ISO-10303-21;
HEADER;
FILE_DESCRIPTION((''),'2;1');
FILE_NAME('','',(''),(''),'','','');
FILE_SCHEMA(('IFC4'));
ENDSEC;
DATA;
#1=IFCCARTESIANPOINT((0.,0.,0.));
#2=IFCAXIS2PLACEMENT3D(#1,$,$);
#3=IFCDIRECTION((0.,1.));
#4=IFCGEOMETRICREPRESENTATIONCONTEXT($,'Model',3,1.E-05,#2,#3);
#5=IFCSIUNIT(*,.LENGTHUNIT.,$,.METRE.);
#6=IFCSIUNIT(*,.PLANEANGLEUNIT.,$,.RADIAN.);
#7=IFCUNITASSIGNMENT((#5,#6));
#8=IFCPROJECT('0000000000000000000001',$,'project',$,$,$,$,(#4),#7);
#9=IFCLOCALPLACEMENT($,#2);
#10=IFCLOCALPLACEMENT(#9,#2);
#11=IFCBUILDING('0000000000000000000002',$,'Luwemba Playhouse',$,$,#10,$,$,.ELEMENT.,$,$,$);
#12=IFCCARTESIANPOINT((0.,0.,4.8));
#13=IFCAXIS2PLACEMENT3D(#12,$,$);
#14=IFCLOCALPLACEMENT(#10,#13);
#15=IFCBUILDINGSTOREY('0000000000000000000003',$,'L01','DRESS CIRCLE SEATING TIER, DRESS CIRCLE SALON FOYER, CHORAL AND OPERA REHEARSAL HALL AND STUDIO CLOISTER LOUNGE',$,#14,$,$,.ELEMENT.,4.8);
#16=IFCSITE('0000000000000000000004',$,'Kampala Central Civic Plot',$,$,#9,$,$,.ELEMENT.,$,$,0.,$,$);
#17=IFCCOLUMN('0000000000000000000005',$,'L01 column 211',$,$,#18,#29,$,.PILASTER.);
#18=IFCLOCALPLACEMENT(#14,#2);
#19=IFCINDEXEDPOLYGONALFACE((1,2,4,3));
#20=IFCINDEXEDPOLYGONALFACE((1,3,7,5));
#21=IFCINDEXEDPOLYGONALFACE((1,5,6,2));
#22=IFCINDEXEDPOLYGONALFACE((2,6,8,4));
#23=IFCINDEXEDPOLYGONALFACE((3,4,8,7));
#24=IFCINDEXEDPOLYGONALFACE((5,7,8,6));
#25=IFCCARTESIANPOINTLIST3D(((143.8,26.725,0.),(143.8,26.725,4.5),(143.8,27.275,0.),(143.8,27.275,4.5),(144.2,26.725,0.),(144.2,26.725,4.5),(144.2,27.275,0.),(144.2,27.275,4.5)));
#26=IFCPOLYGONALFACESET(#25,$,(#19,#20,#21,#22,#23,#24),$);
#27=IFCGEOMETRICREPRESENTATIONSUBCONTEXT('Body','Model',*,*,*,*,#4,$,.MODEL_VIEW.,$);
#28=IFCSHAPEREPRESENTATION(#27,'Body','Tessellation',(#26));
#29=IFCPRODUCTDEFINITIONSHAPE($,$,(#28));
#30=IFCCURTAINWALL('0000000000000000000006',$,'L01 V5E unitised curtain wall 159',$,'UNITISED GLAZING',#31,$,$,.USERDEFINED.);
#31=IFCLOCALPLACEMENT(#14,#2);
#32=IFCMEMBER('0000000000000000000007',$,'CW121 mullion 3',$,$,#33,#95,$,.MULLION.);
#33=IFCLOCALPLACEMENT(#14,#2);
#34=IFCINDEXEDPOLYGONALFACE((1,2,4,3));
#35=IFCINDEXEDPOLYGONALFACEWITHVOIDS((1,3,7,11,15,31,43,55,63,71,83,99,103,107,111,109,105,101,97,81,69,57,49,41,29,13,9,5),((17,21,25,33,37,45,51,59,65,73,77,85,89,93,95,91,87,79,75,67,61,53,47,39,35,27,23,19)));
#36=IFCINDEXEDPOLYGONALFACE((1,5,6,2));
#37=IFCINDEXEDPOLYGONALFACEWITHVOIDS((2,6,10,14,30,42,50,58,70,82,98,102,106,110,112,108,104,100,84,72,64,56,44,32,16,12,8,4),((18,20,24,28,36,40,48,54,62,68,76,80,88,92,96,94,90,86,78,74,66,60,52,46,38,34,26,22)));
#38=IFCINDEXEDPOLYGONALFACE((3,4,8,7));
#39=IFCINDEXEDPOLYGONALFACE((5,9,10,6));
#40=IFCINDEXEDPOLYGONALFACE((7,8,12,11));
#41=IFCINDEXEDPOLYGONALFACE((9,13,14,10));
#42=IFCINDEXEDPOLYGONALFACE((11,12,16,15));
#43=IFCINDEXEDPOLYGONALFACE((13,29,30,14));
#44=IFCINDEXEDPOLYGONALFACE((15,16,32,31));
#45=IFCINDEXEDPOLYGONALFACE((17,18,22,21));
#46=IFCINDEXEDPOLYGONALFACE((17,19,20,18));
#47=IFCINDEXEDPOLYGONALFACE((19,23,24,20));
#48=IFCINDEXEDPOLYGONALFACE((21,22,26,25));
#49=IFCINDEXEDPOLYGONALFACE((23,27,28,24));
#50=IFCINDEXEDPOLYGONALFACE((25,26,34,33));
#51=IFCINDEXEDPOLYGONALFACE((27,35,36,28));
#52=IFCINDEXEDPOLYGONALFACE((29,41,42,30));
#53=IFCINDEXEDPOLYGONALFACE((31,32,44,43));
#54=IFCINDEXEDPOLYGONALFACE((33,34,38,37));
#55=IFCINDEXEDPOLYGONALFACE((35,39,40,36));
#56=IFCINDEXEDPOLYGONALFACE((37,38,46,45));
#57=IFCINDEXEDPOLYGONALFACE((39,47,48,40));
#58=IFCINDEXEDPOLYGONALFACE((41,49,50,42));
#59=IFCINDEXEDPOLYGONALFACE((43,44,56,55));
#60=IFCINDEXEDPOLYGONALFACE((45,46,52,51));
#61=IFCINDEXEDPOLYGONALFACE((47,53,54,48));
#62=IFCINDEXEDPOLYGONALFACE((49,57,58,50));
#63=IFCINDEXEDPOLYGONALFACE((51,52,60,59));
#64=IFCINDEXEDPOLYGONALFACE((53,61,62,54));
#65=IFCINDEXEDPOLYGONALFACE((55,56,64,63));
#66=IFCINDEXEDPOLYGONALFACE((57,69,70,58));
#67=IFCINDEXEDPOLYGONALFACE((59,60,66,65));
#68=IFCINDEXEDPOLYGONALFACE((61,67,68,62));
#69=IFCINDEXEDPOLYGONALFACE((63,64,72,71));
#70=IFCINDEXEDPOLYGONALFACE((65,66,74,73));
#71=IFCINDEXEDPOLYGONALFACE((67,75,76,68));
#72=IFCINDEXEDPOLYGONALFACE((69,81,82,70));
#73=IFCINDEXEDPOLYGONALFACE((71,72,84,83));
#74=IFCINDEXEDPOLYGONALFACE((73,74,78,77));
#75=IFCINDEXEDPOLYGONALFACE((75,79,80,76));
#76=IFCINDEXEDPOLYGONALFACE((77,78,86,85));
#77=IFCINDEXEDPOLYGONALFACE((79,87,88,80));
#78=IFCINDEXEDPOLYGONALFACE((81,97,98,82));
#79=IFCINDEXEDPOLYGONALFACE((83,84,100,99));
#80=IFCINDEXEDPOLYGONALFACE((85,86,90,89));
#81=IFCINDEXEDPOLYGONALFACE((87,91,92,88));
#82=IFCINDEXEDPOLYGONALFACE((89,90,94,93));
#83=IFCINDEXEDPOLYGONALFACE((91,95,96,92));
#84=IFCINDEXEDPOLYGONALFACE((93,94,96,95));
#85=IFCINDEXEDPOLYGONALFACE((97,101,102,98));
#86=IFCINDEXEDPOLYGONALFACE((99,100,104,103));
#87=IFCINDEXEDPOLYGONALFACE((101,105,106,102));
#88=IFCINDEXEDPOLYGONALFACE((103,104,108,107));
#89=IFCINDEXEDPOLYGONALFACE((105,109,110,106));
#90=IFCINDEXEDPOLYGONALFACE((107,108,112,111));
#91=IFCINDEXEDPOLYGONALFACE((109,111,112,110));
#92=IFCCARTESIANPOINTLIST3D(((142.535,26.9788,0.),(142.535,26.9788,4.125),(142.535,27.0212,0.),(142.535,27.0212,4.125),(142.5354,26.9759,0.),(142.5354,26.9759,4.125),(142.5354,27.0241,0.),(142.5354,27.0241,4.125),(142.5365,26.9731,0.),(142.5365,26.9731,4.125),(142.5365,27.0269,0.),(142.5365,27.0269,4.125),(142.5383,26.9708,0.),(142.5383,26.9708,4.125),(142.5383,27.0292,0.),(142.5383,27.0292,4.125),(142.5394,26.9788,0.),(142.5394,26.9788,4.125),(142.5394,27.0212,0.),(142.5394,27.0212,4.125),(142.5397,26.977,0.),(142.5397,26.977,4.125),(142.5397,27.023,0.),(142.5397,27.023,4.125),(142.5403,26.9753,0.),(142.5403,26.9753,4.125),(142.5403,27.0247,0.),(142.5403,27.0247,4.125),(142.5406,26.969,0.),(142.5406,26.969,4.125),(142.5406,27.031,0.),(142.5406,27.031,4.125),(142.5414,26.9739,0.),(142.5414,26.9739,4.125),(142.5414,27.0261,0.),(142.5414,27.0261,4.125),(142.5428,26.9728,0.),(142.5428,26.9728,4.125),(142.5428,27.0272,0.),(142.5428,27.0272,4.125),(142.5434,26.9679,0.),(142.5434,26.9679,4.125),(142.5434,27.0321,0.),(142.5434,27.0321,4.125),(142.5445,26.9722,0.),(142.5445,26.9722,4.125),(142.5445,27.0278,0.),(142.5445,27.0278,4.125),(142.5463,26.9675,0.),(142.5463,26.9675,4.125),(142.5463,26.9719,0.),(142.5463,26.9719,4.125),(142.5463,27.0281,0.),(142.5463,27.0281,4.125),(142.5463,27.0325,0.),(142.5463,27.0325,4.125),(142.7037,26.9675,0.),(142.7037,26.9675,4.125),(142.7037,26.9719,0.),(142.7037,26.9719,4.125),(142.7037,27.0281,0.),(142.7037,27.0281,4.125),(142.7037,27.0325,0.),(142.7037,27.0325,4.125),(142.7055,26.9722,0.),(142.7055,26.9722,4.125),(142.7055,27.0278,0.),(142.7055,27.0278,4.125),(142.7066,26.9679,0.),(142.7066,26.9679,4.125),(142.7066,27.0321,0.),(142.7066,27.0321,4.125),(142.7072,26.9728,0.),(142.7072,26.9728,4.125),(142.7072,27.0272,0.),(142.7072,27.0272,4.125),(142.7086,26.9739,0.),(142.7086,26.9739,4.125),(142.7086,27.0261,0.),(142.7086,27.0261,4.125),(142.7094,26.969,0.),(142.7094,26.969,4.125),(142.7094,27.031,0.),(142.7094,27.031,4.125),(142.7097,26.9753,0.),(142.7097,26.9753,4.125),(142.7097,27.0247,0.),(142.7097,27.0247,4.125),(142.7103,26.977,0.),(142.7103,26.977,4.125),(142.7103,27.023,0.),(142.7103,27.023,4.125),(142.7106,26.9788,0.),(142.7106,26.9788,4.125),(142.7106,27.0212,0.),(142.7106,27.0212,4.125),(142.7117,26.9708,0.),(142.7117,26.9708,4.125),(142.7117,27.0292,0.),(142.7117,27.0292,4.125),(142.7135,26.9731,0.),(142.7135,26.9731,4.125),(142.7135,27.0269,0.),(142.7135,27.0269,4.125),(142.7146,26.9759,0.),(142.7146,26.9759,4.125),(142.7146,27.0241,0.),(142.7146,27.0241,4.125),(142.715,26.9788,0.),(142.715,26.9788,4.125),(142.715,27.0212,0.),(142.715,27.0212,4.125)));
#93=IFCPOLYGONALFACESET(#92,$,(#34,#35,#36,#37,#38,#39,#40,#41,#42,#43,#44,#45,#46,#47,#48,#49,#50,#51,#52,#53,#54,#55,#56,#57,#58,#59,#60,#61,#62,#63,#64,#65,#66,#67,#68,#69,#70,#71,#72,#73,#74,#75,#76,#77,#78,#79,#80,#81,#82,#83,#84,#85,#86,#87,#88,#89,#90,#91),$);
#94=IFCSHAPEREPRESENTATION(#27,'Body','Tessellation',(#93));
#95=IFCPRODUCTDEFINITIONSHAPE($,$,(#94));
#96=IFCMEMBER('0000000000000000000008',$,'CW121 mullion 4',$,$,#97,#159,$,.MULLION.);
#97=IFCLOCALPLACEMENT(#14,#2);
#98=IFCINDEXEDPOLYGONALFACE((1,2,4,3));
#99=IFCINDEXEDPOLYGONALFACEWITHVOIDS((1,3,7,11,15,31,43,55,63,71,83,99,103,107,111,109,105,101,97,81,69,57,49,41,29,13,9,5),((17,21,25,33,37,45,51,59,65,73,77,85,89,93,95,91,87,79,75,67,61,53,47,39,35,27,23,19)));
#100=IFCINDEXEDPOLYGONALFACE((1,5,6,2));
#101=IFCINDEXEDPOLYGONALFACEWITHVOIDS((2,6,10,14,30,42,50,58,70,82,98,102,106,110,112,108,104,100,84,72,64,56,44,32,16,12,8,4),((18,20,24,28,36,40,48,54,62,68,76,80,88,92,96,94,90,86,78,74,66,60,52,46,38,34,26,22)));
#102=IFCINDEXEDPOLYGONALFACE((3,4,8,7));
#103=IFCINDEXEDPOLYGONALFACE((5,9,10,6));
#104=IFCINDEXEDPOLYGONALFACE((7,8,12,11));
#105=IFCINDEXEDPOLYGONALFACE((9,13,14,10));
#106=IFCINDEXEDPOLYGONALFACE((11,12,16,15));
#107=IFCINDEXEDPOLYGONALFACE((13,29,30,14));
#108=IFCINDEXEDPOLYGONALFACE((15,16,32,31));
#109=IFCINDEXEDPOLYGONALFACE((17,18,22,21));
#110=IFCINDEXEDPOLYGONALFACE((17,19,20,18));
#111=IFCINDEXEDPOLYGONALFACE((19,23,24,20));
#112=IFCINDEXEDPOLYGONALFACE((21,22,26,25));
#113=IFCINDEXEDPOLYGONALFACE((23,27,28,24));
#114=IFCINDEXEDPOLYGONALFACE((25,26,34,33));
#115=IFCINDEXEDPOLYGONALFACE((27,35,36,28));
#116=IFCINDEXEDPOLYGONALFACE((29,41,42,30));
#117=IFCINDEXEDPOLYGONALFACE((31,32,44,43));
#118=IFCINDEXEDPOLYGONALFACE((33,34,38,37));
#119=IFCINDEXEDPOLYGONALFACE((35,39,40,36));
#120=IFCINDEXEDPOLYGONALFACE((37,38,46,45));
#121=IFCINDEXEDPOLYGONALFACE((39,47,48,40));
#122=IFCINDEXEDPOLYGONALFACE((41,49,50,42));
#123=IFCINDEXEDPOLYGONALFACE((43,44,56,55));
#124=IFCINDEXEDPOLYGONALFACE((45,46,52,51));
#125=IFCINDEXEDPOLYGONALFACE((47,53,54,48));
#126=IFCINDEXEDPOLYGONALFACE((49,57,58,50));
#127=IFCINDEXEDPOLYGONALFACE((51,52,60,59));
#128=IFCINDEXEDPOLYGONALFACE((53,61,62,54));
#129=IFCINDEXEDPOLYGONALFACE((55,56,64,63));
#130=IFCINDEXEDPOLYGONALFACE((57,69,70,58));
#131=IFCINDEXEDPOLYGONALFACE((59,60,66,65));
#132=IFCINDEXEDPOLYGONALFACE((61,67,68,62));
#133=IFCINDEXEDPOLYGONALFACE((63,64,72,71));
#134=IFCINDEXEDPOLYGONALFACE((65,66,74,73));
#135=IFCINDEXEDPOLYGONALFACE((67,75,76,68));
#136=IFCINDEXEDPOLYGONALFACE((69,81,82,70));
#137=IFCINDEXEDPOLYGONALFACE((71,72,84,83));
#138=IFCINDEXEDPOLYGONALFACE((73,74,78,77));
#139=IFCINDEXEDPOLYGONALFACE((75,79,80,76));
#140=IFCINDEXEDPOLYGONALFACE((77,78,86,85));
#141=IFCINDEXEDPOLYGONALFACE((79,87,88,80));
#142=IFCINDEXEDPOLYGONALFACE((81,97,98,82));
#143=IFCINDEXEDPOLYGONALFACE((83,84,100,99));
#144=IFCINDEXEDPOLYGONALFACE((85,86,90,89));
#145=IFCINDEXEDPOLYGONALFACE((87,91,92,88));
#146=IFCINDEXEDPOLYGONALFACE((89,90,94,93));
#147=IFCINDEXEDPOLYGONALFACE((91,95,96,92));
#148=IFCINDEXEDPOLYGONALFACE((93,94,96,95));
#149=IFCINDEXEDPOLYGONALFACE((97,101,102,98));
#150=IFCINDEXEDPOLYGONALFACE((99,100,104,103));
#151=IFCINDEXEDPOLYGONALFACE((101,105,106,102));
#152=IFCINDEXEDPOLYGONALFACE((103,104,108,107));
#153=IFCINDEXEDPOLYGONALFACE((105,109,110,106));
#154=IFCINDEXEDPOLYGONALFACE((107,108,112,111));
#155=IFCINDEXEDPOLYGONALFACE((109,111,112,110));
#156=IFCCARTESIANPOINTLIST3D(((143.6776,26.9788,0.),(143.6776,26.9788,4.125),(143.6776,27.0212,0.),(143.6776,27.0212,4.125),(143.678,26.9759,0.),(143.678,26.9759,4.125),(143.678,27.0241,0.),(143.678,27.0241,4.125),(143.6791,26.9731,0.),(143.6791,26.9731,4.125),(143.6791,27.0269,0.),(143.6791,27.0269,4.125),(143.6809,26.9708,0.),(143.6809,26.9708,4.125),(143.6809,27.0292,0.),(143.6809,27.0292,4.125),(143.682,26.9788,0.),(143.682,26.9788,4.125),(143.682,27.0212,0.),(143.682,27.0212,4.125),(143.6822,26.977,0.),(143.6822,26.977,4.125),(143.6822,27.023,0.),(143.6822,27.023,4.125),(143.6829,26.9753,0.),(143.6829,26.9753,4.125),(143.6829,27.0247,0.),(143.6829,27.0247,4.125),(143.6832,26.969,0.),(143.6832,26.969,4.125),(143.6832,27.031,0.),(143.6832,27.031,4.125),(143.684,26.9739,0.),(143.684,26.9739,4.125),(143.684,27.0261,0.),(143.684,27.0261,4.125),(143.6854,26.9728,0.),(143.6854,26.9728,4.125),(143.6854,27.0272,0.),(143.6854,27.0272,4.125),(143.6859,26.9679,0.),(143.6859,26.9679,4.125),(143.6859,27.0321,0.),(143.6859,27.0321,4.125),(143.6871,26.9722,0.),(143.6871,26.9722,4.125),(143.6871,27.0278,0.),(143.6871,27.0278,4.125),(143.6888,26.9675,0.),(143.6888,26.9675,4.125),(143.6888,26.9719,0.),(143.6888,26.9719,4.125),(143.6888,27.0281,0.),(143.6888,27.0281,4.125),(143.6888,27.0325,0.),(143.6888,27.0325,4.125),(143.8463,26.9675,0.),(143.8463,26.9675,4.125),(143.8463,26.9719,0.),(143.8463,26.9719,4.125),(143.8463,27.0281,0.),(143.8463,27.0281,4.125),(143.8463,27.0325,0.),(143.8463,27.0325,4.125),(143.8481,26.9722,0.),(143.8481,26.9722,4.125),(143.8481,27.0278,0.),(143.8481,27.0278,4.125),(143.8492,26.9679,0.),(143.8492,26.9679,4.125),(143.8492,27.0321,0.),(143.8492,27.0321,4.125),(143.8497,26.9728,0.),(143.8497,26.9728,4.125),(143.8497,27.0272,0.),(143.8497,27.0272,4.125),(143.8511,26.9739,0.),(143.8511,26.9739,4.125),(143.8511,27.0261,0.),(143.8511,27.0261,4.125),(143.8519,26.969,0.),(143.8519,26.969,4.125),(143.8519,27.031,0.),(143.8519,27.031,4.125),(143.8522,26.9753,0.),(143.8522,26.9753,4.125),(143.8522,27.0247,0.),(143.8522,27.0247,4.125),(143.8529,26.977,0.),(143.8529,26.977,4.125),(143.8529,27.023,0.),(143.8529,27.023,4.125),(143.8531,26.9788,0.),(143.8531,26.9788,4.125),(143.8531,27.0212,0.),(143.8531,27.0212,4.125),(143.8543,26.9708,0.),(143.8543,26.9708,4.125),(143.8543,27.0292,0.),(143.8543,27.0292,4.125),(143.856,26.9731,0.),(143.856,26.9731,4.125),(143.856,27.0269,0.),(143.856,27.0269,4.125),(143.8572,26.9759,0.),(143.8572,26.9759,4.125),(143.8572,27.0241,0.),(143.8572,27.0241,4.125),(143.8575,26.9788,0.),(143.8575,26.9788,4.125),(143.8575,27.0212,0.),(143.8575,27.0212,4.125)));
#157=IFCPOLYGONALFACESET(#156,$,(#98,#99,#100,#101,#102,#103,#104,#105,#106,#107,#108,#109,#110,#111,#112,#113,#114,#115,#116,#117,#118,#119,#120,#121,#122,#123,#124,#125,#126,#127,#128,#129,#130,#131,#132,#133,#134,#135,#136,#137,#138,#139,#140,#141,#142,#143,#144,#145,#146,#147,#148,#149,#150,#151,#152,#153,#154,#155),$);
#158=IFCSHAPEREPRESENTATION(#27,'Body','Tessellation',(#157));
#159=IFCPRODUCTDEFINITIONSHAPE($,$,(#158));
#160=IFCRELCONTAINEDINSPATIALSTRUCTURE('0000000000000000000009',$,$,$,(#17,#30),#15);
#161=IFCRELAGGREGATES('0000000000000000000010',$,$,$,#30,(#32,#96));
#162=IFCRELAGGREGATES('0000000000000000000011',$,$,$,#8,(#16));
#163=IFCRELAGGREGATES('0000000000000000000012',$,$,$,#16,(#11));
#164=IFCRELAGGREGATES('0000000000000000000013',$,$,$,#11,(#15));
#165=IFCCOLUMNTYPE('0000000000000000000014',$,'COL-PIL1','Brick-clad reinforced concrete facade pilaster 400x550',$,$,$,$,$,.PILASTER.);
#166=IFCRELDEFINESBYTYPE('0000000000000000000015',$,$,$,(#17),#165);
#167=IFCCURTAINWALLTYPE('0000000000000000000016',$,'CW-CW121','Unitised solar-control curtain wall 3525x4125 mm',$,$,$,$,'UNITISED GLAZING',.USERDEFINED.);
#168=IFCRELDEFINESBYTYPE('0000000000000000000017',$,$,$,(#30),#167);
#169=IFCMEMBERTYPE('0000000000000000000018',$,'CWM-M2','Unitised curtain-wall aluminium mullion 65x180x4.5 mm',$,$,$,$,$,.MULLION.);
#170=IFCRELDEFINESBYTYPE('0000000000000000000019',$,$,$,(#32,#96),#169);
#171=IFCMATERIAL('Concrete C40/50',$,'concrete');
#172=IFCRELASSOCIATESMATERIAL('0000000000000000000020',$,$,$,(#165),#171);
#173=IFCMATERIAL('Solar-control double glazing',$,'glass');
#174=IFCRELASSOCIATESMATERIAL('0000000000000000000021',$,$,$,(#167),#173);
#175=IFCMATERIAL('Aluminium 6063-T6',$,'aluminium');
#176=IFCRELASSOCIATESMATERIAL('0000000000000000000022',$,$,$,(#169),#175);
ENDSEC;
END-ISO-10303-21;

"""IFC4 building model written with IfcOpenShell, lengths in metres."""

from ifc_helpers import new_model, si_unit, direction, frame, origin, origin_2d, place, context, subcontext, project, spatial, rectangle, hollow_rectangle, extrude, material, material_profile, profile_set, type_object, element, aggregate, save


model = new_model("IFC4")

# Units and contexts
model_context = context("Model", 3, precision=1e-05, world=origin(), true_north=direction((0.0, 1.0)))
body_context = subcontext(model_context, "Body", "Model", "MODEL_VIEW")
ifc_project = project(units=[si_unit("LENGTHUNIT", "METRE"), si_unit("PLANEANGLEUNIT", "RADIAN")], contexts=[model_context])

# Site, building, storey
site_placement = place(None, origin())
site = spatial("IfcSite", under=ifc_project, at=site_placement, Name="Kampala Central Civic Plot", CompositionType="ELEMENT", RefElevation=0.0)
building_placement = place(site_placement, origin())
building = spatial("IfcBuilding", under=site, at=building_placement, Name="Luwemba Playhouse", CompositionType="ELEMENT")
storey_placement = place(building_placement, frame((0.0, 0.0, 4.8)))
storey = spatial("IfcBuildingStorey", under=building, at=storey_placement, Name="L01", Description="DRESS CIRCLE SEATING TIER, DRESS CIRCLE SALON FOYER, CHORAL AND OPERA REHEARSAL HALL AND STUDIO CLOISTER LOUNGE", CompositionType="ELEMENT", Elevation=4.8)

# Column
ifc_material_1 = material(Name="Concrete C40/50", Category="concrete")
ifc_material_profile_1 = material_profile(ifc_material_1, rectangle(XDim=0.3999, YDim=0.55, at=origin_2d()))
ifc_profile_set_1 = profile_set([ifc_material_profile_1], Name="Concrete C40/50")
column_type = type_object("IfcColumnType", Name="COL-PIL1", Description="Brick-clad reinforced concrete facade pilaster 400x550", PredefinedType="PILASTER", material=ifc_profile_set_1)
column_placement = place(storey_placement, frame((144.0, 27.0, 0.0), z_axis=(0.0, 0.0, 1.0), x_axis=(1.0, 0.0, 0.0)))
element("IfcColumn", 1, at=column_placement, inside=storey, type_object=column_type, Name="L01 column 211", PredefinedType="PILASTER", context=body_context, shape_type="SweptSolid", body=[
    extrude(rectangle(XDim=0.3999, YDim=0.55, at=origin_2d()), origin(), (0.0, 0.0, 1.0), 4.5),
])

# Curtain wall, members
ifc_material_2 = material(Name="Solar-control double glazing", Category="glass")
curtain_wall_type_1 = type_object("IfcCurtainWallType", Name="CW-CW121", Description="Unitised solar-control curtain wall 3525x4125 mm", ElementType="UNITISED GLAZING", PredefinedType="USERDEFINED", material=ifc_material_2)
curtain_wall_1_placement = place(storey_placement, origin())
curtain_wall_1 = element("IfcCurtainWall", 2, at=curtain_wall_1_placement, inside=storey, type_object=curtain_wall_type_1, Name="L01 V5E unitised curtain wall 159", ObjectType="UNITISED GLAZING", PredefinedType="USERDEFINED")
ifc_material_3 = material(Name="Aluminium 6063-T6", Category="aluminium")
ifc_material_profile_2 = material_profile(ifc_material_3, hollow_rectangle(XDim=0.0649, YDim=0.1799, WallThickness=0.0044, InnerFilletRadius=0.0068, OuterFilletRadius=0.0112, at=origin_2d()))
ifc_profile_set_2 = profile_set([ifc_material_profile_2], Name="Aluminium 6063-T6")
member_type_1 = type_object("IfcMemberType", Name="CWM-M2", Description="Unitised curtain-wall aluminium mullion 65x180x4.5 mm", PredefinedType="MULLION", material=ifc_profile_set_2)
member_1_placement = place(storey_placement, frame((142.625, 27.0, 0.0), z_axis=(0.0, 0.0, 1.0), x_axis=(0.0, 1.0, 0.0)))
member_1 = element("IfcMember", 3, at=member_1_placement, type_object=member_type_1, Name="CW121 mullion 3", PredefinedType="MULLION", context=body_context, shape_type="SweptSolid", body=[
    extrude(hollow_rectangle(XDim=0.0649, YDim=0.1799, WallThickness=0.0044, InnerFilletRadius=0.0068, OuterFilletRadius=0.0112, at=origin_2d()), origin(), (0.0, 0.0, 1.0), 4.125),
])
member_2_placement = place(storey_placement, frame((143.7676, 27.0, 0.0), z_axis=(0.0, 0.0, 1.0), x_axis=(0.0, 1.0, 0.0)))
member_2 = element("IfcMember", 4, at=member_2_placement, type_object=member_type_1, Name="CW121 mullion 4", PredefinedType="MULLION", context=body_context, shape_type="SweptSolid", body=[
    extrude(hollow_rectangle(XDim=0.0649, YDim=0.1799, WallThickness=0.0044, InnerFilletRadius=0.0068, OuterFilletRadius=0.0112, at=origin_2d()), origin(), (0.0, 0.0, 1.0), 4.125),
])

aggregate(curtain_wall_1, [member_1, member_2])

save(model, "model.ifc")
